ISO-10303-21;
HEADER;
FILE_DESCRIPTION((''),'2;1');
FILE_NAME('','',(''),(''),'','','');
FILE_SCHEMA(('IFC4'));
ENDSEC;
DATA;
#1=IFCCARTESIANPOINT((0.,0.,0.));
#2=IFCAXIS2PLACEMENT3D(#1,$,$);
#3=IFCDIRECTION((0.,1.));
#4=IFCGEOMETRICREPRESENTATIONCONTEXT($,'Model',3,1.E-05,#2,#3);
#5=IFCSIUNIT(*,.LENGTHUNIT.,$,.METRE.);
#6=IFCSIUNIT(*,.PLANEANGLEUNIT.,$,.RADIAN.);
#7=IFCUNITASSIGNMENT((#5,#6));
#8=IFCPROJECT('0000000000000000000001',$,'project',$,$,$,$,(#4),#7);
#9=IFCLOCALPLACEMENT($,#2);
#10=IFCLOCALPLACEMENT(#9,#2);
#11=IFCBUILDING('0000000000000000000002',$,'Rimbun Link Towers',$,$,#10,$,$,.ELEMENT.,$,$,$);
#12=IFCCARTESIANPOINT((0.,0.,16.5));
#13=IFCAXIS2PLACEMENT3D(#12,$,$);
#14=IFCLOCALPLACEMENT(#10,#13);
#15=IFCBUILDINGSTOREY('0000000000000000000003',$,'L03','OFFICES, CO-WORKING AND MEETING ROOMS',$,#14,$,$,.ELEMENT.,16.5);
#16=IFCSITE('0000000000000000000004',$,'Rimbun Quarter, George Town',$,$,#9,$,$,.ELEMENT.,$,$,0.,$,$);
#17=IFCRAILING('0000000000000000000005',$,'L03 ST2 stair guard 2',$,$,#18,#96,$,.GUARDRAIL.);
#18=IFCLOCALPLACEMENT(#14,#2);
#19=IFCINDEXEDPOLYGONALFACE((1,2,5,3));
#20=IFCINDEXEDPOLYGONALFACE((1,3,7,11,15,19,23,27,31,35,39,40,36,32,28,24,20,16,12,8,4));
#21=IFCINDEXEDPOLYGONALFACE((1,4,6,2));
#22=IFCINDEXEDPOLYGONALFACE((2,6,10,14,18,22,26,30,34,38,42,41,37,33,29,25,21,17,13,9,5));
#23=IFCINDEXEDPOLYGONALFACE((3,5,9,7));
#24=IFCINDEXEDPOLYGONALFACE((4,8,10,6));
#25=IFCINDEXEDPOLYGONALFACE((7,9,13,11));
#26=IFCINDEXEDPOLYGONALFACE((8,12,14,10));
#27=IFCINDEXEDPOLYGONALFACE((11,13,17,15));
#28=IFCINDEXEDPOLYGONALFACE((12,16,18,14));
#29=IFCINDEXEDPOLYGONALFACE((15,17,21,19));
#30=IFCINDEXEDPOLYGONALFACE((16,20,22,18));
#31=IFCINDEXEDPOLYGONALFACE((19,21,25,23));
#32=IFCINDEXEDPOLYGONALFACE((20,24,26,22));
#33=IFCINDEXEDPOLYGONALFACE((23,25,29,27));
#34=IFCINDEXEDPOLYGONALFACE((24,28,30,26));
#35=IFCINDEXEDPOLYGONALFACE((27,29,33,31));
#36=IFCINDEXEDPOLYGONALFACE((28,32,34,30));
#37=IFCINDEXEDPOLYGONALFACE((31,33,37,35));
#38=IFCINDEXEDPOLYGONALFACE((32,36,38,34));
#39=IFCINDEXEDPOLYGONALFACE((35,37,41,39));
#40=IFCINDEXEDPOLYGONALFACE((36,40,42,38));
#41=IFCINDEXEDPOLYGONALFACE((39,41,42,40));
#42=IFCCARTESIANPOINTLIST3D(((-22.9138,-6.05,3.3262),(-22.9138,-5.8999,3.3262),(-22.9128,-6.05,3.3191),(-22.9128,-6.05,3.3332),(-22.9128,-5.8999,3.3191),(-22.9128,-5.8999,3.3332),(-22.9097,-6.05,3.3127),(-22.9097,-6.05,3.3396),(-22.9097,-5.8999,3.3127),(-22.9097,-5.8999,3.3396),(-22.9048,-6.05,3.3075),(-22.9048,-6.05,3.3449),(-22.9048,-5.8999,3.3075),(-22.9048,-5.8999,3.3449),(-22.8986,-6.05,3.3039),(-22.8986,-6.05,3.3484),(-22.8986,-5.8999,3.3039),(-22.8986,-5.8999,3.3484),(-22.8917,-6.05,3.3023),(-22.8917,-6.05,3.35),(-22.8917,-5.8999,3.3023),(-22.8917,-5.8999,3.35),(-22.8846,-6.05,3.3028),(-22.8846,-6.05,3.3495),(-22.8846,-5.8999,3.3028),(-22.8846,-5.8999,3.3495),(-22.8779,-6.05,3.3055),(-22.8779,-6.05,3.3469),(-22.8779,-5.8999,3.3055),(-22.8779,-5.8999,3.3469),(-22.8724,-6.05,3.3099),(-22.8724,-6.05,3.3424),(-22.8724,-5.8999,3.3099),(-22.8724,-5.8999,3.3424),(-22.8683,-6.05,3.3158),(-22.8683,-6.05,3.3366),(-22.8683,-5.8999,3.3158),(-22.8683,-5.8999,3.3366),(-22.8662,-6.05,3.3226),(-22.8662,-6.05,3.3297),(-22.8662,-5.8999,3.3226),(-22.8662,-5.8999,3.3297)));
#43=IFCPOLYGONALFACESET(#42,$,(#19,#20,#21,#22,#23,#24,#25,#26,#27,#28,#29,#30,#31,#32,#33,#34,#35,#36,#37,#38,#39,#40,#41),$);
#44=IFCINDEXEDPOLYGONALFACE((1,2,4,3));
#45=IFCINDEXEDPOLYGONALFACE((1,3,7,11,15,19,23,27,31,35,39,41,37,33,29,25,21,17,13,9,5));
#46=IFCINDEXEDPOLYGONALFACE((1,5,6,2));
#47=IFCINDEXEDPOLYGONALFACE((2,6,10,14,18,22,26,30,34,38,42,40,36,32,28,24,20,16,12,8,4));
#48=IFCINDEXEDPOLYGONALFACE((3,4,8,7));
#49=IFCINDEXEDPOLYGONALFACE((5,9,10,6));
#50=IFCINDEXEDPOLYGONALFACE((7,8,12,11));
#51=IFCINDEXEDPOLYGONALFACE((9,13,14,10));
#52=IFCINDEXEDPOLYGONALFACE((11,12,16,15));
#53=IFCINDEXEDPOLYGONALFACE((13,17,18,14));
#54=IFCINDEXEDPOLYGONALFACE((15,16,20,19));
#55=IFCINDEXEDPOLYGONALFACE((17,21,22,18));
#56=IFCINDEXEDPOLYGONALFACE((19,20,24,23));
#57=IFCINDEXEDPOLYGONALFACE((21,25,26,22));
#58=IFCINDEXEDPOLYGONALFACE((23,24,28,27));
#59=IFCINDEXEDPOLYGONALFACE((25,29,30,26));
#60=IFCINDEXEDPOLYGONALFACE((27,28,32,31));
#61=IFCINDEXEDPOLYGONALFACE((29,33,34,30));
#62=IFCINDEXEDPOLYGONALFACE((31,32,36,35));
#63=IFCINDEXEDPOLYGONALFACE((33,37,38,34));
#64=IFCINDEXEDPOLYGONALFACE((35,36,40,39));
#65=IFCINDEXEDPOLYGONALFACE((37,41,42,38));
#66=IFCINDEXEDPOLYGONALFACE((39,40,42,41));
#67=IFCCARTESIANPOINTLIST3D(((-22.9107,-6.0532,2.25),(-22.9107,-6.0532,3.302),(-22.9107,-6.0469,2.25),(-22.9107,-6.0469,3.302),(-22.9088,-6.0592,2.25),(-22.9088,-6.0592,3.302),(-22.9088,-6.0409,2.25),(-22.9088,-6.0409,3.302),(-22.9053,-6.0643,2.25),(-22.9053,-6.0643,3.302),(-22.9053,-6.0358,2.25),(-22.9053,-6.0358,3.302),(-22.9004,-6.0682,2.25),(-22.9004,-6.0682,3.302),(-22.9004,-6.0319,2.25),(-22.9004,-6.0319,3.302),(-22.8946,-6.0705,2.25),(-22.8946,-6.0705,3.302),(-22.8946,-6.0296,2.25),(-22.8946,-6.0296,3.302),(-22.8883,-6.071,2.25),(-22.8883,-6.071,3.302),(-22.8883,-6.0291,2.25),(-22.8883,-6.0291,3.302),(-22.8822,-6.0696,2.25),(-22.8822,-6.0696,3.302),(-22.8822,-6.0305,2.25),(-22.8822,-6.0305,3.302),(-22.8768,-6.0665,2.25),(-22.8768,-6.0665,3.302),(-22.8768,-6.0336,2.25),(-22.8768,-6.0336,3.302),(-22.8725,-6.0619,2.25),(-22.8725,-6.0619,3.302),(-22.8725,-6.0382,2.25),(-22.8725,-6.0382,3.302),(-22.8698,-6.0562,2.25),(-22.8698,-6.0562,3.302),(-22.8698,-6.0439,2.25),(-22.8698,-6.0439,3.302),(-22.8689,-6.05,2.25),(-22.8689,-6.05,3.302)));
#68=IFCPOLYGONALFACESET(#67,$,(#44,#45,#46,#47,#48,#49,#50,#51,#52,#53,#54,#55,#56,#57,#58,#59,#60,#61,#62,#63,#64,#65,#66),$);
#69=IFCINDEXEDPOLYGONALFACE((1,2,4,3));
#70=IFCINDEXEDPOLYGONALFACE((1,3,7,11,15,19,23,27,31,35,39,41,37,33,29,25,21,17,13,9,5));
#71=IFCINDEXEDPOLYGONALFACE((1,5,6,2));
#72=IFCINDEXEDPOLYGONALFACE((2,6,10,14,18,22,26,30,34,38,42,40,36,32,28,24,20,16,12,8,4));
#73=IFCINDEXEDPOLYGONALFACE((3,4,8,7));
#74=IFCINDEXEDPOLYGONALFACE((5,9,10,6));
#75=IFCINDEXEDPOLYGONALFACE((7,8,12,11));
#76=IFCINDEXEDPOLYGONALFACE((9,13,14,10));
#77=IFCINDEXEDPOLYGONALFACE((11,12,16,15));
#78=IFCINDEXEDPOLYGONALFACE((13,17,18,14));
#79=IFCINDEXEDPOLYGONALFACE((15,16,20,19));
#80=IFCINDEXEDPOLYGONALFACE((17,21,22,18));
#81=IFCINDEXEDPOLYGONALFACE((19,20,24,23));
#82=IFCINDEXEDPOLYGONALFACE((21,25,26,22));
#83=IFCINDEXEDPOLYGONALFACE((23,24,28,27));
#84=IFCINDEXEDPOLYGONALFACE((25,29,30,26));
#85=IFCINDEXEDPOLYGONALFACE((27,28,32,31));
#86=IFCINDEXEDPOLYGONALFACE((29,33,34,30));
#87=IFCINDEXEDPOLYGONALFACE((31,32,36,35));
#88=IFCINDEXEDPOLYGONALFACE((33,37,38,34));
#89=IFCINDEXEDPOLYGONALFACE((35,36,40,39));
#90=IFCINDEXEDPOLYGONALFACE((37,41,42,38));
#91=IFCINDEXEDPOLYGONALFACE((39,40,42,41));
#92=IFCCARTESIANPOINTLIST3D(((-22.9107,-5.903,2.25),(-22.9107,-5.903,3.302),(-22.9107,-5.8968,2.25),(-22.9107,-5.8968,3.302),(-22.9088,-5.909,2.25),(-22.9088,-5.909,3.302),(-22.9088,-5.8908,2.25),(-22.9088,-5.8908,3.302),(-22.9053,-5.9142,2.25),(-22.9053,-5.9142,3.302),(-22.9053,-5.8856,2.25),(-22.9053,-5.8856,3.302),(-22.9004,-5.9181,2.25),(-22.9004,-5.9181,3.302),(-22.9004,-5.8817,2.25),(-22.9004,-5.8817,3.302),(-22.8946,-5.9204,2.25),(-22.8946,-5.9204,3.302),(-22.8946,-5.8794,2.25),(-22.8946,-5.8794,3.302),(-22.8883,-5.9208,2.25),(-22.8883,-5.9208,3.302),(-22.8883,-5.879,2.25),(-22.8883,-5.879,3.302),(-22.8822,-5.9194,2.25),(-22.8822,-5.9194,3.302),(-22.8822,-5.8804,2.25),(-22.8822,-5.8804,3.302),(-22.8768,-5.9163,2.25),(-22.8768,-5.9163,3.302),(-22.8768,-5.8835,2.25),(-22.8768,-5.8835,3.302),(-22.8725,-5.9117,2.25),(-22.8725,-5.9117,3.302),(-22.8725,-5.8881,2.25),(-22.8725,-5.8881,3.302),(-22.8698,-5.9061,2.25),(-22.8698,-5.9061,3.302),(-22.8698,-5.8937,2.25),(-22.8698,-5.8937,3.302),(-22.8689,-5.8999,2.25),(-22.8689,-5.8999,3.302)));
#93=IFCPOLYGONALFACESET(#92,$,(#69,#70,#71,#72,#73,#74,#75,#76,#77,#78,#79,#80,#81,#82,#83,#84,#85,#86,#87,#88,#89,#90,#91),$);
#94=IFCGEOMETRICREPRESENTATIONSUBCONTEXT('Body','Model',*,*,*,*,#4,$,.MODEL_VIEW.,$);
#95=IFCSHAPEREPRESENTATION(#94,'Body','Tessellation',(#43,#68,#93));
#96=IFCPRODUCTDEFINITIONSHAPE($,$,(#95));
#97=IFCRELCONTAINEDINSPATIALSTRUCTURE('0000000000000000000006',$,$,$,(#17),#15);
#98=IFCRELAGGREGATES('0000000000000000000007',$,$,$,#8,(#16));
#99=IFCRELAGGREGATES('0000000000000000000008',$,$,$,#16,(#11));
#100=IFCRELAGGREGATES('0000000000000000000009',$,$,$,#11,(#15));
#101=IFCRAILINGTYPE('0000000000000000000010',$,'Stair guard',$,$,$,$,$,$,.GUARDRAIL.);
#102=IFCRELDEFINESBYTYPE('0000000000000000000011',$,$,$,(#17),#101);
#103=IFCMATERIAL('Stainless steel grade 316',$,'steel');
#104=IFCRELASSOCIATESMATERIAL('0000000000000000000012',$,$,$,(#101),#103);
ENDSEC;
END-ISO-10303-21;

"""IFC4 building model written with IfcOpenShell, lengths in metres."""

from ifc_helpers import new_model, si_unit, direction, frame, origin, origin_2d, place, context, subcontext, project, spatial, circle, extrude, material, type_object, element, save


model = new_model("IFC4")

# Units and contexts
model_context = context("Model", 3, precision=1e-05, world=origin(), true_north=direction((0.0, 1.0)))
body_context = subcontext(model_context, "Body", "Model", "MODEL_VIEW")
ifc_project = project(units=[si_unit("LENGTHUNIT", "METRE"), si_unit("PLANEANGLEUNIT", "RADIAN")], contexts=[model_context])

# Site, building, storey
site_placement = place(None, origin())
site = spatial("IfcSite", under=ifc_project, at=site_placement, Name="Rimbun Quarter, George Town", CompositionType="ELEMENT", RefElevation=0.0)
building_placement = place(site_placement, origin())
building = spatial("IfcBuilding", under=site, at=building_placement, Name="Rimbun Link Towers", CompositionType="ELEMENT")
storey_placement = place(building_placement, frame((0.0, 0.0, 16.5)))
storey = spatial("IfcBuildingStorey", under=building, at=storey_placement, Name="L03", Description="OFFICES, CO-WORKING AND MEETING ROOMS", CompositionType="ELEMENT", Elevation=16.5)

# Railing
ifc_material_1 = material(Name="Stainless steel grade 316", Category="steel")
railing_type_1 = type_object("IfcRailingType", Name="Stair guard", PredefinedType="GUARDRAIL", material=ifc_material_1)
railing_1_placement = place(storey_placement, frame((-22.8899, -6.05, 2.25)))
element("IfcRailing", 1, at=railing_1_placement, inside=storey, type_object=railing_type_1, Name="L03 ST2 stair guard 2", PredefinedType="GUARDRAIL", context=body_context, shape_type="SweptSolid", body=[
    extrude(circle(Radius=0.0239, at=origin_2d()), frame((0.0, 0.0, 1.0762), z_axis=(0.0, 1.0, 0.0), x_axis=(-1.0, 0.0, 0.0)), (0.0, 0.0, 1.0), 0.1501),
    extrude(circle(Radius=0.021, at=origin_2d()), origin(), (0.0, 0.0, 1.0), 1.052),
    extrude(circle(Radius=0.021, at=origin_2d()), frame((0.0, 0.1501, 0.0)), (0.0, 0.0, 1.0), 1.052),
])

save(model, "model.ifc")
